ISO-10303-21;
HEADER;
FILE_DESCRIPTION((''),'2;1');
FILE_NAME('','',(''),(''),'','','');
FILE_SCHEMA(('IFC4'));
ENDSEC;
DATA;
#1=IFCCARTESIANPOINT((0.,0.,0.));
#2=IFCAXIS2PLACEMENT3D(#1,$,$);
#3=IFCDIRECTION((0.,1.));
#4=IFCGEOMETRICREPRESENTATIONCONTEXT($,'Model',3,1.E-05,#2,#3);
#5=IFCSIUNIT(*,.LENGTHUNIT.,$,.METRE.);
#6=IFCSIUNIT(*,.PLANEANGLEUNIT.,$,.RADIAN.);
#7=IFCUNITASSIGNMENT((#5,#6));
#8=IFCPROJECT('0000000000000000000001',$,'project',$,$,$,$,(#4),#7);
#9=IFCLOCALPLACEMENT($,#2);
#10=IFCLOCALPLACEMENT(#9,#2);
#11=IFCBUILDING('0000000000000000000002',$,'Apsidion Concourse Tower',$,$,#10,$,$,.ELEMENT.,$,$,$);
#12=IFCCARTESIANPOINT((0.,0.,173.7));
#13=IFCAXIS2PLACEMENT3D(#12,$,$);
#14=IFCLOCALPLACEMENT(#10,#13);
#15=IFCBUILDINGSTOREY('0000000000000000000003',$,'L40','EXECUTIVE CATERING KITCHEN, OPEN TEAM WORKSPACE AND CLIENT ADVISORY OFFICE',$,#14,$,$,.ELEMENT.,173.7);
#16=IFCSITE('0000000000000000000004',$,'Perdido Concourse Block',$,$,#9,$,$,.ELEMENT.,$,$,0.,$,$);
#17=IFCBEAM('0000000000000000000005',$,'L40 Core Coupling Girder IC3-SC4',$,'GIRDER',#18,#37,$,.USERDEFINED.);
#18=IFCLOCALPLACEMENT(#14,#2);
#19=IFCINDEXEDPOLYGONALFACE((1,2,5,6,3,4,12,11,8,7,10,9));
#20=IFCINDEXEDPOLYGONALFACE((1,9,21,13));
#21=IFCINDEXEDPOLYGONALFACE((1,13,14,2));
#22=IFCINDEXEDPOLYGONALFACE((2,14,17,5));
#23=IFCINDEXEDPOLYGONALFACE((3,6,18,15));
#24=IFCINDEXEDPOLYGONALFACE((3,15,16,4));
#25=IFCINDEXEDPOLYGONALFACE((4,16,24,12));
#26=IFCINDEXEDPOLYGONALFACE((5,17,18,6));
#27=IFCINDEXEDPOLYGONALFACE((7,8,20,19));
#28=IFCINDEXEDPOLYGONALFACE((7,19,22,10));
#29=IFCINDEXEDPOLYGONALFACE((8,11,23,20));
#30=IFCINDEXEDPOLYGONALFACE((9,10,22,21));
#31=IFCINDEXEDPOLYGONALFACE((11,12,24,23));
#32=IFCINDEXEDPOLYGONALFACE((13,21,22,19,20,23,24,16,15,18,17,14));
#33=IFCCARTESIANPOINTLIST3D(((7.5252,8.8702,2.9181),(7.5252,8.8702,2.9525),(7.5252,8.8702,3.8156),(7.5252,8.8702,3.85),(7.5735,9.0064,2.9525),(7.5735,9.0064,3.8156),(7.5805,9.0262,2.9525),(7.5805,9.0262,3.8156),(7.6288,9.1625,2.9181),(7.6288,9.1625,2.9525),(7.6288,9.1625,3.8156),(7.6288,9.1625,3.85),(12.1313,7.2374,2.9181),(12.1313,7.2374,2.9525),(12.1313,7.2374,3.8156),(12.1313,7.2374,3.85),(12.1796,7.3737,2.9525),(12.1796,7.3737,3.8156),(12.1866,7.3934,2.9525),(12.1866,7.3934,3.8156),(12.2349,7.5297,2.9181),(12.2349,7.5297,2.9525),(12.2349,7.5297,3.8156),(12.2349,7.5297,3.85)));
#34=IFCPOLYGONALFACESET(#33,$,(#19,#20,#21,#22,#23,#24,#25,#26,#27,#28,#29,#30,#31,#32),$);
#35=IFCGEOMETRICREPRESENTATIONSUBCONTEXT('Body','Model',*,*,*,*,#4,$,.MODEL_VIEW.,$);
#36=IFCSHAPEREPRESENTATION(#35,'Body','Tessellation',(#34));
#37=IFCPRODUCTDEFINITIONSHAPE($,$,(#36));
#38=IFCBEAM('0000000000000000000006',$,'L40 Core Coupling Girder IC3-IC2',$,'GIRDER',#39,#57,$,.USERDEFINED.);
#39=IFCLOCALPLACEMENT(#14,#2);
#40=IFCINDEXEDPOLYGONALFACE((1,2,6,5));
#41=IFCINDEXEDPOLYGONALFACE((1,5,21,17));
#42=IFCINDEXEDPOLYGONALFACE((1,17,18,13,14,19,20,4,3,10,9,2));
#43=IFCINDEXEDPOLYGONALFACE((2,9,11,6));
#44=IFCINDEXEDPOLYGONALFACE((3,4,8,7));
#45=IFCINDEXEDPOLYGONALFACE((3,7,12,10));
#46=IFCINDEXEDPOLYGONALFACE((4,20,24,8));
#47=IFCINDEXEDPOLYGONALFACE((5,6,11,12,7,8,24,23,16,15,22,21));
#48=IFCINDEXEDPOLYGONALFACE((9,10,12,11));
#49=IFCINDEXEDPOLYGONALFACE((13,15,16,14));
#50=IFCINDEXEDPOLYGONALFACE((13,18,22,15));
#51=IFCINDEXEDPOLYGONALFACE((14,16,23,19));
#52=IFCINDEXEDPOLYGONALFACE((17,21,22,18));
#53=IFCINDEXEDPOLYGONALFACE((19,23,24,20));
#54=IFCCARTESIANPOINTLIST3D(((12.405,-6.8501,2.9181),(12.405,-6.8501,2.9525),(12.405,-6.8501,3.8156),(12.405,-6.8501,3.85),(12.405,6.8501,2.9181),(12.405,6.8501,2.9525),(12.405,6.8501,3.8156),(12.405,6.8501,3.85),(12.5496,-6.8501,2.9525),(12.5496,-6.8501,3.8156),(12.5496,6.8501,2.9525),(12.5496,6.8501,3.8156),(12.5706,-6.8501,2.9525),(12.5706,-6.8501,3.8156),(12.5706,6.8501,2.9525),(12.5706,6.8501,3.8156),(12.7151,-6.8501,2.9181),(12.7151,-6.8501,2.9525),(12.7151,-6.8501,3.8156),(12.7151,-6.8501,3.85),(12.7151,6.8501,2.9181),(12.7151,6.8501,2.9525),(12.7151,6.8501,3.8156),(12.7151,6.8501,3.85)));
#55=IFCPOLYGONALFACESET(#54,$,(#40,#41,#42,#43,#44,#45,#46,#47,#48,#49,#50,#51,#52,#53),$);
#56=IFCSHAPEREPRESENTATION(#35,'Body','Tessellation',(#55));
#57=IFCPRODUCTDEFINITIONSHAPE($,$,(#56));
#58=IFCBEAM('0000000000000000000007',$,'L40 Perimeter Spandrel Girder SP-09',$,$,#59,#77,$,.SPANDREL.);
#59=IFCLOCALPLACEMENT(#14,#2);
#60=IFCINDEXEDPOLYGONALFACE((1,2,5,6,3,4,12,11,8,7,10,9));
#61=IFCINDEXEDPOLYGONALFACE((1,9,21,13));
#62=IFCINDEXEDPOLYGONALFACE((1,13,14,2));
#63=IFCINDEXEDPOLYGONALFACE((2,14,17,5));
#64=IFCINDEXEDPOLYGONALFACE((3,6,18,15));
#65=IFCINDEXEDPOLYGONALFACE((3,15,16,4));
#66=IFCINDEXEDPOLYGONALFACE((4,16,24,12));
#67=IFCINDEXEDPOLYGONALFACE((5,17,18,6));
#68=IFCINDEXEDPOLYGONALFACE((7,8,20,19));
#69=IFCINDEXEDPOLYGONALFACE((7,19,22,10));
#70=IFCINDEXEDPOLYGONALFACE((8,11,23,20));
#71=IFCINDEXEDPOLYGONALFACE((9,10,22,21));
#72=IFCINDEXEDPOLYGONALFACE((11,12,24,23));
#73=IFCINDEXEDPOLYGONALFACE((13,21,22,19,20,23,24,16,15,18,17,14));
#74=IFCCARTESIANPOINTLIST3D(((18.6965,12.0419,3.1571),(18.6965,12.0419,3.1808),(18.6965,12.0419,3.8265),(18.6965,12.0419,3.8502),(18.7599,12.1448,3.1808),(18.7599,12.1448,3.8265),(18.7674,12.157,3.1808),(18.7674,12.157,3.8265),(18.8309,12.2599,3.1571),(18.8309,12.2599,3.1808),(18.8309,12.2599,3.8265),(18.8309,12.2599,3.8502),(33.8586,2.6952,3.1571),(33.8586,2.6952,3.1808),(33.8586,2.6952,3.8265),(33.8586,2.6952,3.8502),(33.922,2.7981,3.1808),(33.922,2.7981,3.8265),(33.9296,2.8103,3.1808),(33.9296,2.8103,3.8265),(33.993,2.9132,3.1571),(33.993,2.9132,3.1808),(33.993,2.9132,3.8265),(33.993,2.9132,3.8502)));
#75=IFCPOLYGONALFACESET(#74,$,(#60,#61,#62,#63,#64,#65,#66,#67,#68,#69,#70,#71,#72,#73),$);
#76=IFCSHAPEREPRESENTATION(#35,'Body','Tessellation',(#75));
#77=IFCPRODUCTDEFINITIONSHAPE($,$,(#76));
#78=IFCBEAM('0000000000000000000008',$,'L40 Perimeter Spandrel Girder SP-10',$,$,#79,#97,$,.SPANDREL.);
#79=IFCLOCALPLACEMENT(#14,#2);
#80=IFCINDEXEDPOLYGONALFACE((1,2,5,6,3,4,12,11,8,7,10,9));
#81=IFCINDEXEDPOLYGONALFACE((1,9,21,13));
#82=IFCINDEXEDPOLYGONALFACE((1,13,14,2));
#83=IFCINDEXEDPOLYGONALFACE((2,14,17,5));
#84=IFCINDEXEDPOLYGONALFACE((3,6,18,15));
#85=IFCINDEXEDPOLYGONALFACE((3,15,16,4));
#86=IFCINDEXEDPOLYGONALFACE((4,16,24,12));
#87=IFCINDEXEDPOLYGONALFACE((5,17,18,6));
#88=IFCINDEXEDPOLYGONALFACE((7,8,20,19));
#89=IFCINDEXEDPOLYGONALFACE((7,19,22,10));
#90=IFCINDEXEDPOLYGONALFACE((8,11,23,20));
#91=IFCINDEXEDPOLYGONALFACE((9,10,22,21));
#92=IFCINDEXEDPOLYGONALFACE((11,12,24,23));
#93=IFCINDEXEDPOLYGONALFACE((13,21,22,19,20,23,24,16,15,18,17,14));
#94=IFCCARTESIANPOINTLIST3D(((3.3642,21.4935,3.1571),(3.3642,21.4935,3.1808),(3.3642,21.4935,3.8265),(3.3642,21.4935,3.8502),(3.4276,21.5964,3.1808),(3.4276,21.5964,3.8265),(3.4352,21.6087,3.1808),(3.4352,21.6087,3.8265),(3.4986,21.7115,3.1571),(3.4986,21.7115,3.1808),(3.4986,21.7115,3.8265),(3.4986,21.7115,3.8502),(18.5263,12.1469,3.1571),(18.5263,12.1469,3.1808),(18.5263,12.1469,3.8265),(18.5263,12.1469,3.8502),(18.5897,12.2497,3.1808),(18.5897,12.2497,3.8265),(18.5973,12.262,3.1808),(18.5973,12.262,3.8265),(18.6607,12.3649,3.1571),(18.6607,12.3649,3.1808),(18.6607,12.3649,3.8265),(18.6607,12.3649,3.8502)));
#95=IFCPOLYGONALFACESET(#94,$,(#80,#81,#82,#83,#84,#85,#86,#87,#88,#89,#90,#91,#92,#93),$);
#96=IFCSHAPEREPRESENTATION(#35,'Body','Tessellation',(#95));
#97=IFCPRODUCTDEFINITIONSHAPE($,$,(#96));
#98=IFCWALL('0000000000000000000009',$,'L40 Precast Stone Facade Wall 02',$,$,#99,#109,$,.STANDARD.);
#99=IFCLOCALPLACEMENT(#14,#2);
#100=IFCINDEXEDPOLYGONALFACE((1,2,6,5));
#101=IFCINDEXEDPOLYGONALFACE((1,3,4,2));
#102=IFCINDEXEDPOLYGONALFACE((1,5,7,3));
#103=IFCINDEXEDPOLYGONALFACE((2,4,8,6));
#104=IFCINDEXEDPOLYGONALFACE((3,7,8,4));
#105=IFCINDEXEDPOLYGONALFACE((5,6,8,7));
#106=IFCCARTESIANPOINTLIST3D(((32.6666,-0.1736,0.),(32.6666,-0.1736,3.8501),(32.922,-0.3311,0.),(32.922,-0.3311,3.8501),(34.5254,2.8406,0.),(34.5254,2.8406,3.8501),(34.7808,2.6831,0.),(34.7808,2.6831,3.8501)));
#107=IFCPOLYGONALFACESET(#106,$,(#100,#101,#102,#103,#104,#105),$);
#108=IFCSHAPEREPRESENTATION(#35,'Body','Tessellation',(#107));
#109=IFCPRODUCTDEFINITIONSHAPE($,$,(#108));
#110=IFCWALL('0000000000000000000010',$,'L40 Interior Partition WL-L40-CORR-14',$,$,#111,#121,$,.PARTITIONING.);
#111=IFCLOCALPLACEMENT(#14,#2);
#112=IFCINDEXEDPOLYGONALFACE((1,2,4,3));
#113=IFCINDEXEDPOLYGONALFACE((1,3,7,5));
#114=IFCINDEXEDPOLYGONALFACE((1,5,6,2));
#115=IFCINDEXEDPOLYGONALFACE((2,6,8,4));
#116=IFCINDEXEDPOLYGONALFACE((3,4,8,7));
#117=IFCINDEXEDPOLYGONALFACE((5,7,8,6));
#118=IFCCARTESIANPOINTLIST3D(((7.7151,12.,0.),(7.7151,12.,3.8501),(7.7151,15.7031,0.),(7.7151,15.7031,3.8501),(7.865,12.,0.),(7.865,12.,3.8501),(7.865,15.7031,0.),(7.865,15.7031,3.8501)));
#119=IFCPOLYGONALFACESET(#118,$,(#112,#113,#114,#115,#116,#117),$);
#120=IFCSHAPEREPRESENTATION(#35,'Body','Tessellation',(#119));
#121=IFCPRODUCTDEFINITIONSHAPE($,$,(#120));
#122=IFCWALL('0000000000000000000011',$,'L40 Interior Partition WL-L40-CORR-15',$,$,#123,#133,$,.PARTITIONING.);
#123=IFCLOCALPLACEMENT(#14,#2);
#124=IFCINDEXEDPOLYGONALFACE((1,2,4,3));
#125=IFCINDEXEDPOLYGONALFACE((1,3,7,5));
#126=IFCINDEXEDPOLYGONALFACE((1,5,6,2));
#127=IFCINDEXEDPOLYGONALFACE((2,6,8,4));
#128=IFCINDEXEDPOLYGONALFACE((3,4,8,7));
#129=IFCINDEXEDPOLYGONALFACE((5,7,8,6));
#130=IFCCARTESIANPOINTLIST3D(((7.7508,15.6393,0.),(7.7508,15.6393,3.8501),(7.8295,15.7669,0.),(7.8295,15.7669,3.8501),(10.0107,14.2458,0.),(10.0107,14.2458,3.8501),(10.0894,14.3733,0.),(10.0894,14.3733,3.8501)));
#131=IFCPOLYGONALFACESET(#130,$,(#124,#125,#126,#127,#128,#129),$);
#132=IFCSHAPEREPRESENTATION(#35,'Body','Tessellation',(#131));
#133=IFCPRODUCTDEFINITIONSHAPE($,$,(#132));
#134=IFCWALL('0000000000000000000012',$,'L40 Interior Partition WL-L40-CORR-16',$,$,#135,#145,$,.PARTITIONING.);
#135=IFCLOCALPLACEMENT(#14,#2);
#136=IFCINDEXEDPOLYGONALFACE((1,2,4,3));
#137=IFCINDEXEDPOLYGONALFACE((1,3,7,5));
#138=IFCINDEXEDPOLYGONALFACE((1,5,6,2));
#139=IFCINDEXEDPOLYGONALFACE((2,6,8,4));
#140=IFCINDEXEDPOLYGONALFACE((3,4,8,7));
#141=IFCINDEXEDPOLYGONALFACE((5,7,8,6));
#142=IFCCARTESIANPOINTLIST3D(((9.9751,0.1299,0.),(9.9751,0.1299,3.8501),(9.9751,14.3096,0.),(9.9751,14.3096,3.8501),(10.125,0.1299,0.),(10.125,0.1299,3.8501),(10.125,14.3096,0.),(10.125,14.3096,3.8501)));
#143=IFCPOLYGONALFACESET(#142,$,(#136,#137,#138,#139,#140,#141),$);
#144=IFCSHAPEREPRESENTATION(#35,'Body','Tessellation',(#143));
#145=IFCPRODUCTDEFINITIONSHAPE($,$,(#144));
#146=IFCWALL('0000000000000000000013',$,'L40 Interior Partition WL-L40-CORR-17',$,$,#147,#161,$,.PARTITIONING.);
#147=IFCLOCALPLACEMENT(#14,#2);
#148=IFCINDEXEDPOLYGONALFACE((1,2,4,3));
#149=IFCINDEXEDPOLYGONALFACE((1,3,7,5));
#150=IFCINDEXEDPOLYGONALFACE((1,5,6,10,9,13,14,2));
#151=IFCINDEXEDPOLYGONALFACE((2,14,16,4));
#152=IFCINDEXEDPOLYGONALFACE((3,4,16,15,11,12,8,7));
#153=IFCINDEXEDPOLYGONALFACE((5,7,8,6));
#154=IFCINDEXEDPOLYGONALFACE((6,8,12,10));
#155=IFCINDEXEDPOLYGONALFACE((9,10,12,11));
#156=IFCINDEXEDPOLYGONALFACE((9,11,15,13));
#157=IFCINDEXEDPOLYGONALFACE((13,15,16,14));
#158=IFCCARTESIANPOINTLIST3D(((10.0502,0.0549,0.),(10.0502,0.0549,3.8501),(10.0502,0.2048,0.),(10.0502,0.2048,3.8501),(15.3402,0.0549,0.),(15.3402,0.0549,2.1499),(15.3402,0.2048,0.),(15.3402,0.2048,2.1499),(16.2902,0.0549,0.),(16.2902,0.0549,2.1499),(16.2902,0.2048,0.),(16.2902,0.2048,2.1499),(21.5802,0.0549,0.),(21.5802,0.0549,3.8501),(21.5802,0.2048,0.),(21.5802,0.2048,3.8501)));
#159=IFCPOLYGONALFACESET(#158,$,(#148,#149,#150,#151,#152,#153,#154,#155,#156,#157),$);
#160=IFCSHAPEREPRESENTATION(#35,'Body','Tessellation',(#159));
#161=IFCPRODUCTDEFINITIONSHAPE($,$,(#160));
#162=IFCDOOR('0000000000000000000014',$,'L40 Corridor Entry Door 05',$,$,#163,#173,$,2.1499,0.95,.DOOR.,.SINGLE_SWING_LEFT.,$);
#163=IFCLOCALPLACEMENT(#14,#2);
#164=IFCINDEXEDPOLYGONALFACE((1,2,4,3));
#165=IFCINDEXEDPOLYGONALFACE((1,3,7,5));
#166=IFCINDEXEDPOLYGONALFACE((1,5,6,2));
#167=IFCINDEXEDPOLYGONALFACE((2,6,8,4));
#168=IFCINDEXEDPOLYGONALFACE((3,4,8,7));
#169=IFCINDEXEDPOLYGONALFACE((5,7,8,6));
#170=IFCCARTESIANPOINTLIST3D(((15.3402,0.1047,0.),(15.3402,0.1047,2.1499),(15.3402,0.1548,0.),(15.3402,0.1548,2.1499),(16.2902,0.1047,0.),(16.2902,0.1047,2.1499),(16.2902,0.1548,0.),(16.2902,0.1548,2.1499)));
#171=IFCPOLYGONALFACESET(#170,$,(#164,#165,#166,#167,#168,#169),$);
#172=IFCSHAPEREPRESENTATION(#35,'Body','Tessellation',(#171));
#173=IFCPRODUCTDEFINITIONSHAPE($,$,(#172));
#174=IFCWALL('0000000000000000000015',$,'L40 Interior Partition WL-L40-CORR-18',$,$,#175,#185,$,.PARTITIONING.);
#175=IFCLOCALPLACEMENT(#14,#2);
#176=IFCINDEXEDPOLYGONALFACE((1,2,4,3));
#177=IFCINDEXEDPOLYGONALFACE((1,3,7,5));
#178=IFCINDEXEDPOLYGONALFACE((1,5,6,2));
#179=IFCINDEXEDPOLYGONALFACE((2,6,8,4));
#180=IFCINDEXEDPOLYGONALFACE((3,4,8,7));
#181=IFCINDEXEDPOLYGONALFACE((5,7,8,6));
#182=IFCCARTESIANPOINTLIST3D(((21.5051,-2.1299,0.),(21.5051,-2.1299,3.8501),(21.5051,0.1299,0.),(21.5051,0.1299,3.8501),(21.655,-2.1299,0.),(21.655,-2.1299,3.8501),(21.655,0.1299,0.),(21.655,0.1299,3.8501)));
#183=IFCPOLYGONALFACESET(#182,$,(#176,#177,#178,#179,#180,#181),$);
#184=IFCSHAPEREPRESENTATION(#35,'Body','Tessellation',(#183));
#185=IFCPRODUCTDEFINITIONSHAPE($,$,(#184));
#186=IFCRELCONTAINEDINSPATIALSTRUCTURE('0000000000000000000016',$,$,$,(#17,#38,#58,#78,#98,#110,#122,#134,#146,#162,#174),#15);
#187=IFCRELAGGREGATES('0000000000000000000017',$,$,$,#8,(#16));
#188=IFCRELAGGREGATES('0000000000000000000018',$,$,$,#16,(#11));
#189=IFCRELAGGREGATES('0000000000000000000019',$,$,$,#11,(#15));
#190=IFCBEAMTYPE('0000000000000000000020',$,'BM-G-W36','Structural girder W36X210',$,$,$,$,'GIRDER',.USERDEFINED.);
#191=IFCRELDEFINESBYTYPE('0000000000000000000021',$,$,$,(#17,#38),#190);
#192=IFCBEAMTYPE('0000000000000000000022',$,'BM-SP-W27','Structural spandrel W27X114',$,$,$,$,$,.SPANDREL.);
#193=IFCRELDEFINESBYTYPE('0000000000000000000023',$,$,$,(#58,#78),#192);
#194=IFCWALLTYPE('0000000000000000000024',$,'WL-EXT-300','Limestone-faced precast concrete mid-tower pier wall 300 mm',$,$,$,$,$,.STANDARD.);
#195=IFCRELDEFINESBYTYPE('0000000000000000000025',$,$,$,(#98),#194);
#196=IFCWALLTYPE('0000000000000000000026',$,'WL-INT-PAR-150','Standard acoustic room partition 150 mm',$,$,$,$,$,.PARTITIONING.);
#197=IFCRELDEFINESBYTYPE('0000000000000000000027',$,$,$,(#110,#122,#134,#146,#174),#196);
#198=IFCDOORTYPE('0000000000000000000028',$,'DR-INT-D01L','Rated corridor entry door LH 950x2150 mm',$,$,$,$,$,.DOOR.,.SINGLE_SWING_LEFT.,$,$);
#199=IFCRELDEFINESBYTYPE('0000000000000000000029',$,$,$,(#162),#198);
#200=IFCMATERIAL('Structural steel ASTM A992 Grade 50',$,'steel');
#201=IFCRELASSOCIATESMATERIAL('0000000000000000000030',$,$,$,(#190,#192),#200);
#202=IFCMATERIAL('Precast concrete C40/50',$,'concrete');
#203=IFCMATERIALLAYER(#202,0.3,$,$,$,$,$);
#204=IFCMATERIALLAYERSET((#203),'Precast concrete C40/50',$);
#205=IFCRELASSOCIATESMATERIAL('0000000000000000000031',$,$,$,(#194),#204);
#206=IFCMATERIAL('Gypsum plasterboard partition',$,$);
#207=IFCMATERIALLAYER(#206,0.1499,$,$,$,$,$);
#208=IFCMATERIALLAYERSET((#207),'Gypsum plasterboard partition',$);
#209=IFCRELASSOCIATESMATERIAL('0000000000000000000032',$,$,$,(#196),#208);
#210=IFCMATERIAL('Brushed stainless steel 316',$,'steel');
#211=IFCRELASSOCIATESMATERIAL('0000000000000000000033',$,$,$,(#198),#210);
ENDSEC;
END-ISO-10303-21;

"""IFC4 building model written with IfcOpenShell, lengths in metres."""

from ifc_helpers import new_model, si_unit, direction, frame, frame_2d, origin, origin_2d, place, context, subcontext, project, spatial, rectangle, i_section, extrude, material, layer, layer_set, material_profile, profile_set, type_object, element, fill, save


model = new_model("IFC4")

# Units and contexts
model_context = context("Model", 3, precision=1e-05, world=origin(), true_north=direction((0.0, 1.0)))
body_context = subcontext(model_context, "Body", "Model", "MODEL_VIEW")
ifc_project = project(units=[si_unit("LENGTHUNIT", "METRE"), si_unit("PLANEANGLEUNIT", "RADIAN")], contexts=[model_context])

# Site, building, storey
site_placement = place(None, origin())
site = spatial("IfcSite", under=ifc_project, at=site_placement, Name="Perdido Concourse Block", CompositionType="ELEMENT", RefElevation=0.0)
building_placement = place(site_placement, origin())
building = spatial("IfcBuilding", under=site, at=building_placement, Name="Apsidion Concourse Tower", CompositionType="ELEMENT")
storey_placement = place(building_placement, frame((0.0, 0.0, 173.7)))
storey = spatial("IfcBuildingStorey", under=building, at=storey_placement, Name="L40", Description="EXECUTIVE CATERING KITCHEN, OPEN TEAM WORKSPACE AND CLIENT ADVISORY OFFICE", CompositionType="ELEMENT", Elevation=173.7)

# Shared definitions
ifc_material_1 = material(Name="Structural steel ASTM A992 Grade 50", Category="steel")

# Beams
ifc_material_profile_1 = material_profile(ifc_material_1, i_section(OverallWidth=0.3101, OverallDepth=0.9319, WebThickness=0.021, FlangeThickness=0.0344, at=origin_2d()), Name="W36X210")
ifc_profile_set_1 = profile_set([ifc_material_profile_1], Name="Structural steel ASTM A992 Grade 50")
beam_type_1 = type_object("IfcBeamType", Name="BM-G-W36", Description="Structural girder W36X210", ElementType="GIRDER", PredefinedType="USERDEFINED", material=ifc_profile_set_1)
beam_1_placement = place(storey_placement, frame((12.1831, 7.3835, 3.384), z_axis=(-0.942534, 0.334111, 0.0), x_axis=(-0.334111, -0.942534, 0.0)))
element("IfcBeam", 1, at=beam_1_placement, inside=storey, type_object=beam_type_1, Name="L40 Core Coupling Girder IC3-SC4", ObjectType="GIRDER", PredefinedType="USERDEFINED", context=body_context, shape_type="SweptSolid", body=[
    extrude(i_section(OverallWidth=0.3101, OverallDepth=0.9319, WebThickness=0.021, FlangeThickness=0.0344, at=origin_2d()), origin(), (0.0, 0.0, 1.0), 4.887),
])
beam_2_placement = place(storey_placement, frame((12.5601, 6.8501, 3.384), z_axis=(0.0, -1.0, 0.0), x_axis=(1.0, 0.0, 0.0)))
element("IfcBeam", 2, at=beam_2_placement, inside=storey, type_object=beam_type_1, Name="L40 Core Coupling Girder IC3-IC2", ObjectType="GIRDER", PredefinedType="USERDEFINED", context=body_context, shape_type="SweptSolid", body=[
    extrude(i_section(OverallWidth=0.3101, OverallDepth=0.9319, WebThickness=0.021, FlangeThickness=0.0344, at=origin_2d()), origin(), (0.0, 0.0, 1.0), 13.7002),
])
ifc_material_profile_2 = material_profile(ifc_material_1, i_section(OverallWidth=0.2561, OverallDepth=0.6931, WebThickness=0.0144, FlangeThickness=0.0237, at=origin_2d()), Name="W27X114")
ifc_profile_set_2 = profile_set([ifc_material_profile_2], Name="Structural steel ASTM A992 Grade 50")
beam_type_2 = type_object("IfcBeamType", Name="BM-SP-W27", Description="Structural spandrel W27X114", PredefinedType="SPANDREL", material=ifc_profile_set_2)
for number, where, z_axis, x_axis, name in (
    (3, (33.9258, 2.8042, 3.5037), (-0.851253, 0.524755, 0.0), (-0.524755, -0.851253, 0.0), "L40 Perimeter Spandrel Girder SP-09"),
    (4, (18.5935, 12.2559, 3.5037), (-0.851253, 0.524755, 0.0), (-0.524755, -0.851253, 0.0), "L40 Perimeter Spandrel Girder SP-10"),
):
    element("IfcBeam", number, at=place(storey_placement, frame(where, z_axis=z_axis, x_axis=x_axis)), inside=storey, type_object=beam_type_2, Name=name, PredefinedType="SPANDREL", context=body_context, shape_type="SweptSolid", body=[
        extrude(i_section(OverallWidth=0.2561, OverallDepth=0.6931, WebThickness=0.0144, FlangeThickness=0.0237, at=origin_2d()), origin(), (0.0, 0.0, 1.0), 17.8115),
    ])

# Walls
ifc_material_2 = material(Name="Precast concrete C40/50", Category="concrete")
ifc_layer_1 = layer(ifc_material_2, 0.3)
ifc_layer_set_1 = layer_set([ifc_layer_1], Name="Precast concrete C40/50")
wall_type_1 = type_object("IfcWallType", Name="WL-EXT-300", Description="Limestone-faced precast concrete mid-tower pier wall 300 mm", PredefinedType="STANDARD", material=ifc_layer_set_1)
wall_1_placement = place(storey_placement, frame((34.6531, 2.7617, 0.0), z_axis=(0.0, 0.0, 1.0), x_axis=(-0.52492, -0.851151, 0.0)))
element("IfcWall", 5, at=wall_1_placement, inside=storey, type_object=wall_type_1, Name="L40 Precast Stone Facade Wall 02", PredefinedType="STANDARD", context=body_context, shape_type="SweptSolid", body=[
    extrude(rectangle(XDim=3.5413, YDim=0.3, at=frame_2d((1.7705, 0.0))), origin(), (0.0, 0.0, 1.0), 3.8501),
])
ifc_material_3 = material(Name="Gypsum plasterboard partition")
ifc_layer_2 = layer(ifc_material_3, 0.1499)
ifc_layer_set_2 = layer_set([ifc_layer_2], Name="Gypsum plasterboard partition")
wall_type_2 = type_object("IfcWallType", Name="WL-INT-PAR-150", Description="Standard acoustic room partition 150 mm", PredefinedType="PARTITIONING", material=ifc_layer_set_2)
wall_2_placement = place(storey_placement, frame((7.79, 12.0, 0.0), z_axis=(0.0, 0.0, 1.0), x_axis=(0.0, 1.0, 0.0)))
element("IfcWall", 6, at=wall_2_placement, inside=storey, type_object=wall_type_2, Name="L40 Interior Partition WL-L40-CORR-14", PredefinedType="PARTITIONING", context=body_context, shape_type="SweptSolid", body=[
    extrude(rectangle(XDim=3.7031, YDim=0.1499, at=frame_2d((1.8516, 0.0))), origin(), (0.0, 0.0, 1.0), 3.8501),
])
wall_3_placement = place(storey_placement, frame((7.79, 15.7031, 0.0), z_axis=(0.0, 0.0, 1.0), x_axis=(0.851191, -0.524857, 0.0)))
element("IfcWall", 7, at=wall_3_placement, inside=storey, type_object=wall_type_2, Name="L40 Interior Partition WL-L40-CORR-15", PredefinedType="PARTITIONING", context=body_context, shape_type="SweptSolid", body=[
    extrude(rectangle(XDim=2.655, YDim=0.1499, at=frame_2d((1.3276, 0.0))), origin(), (0.0, 0.0, 1.0), 3.8501),
])
wall_4_placement = place(storey_placement, frame((10.05, 14.3096, 0.0), z_axis=(0.0, 0.0, 1.0), x_axis=(0.0, -1.0, 0.0)))
element("IfcWall", 8, at=wall_4_placement, inside=storey, type_object=wall_type_2, Name="L40 Interior Partition WL-L40-CORR-16", PredefinedType="PARTITIONING", context=body_context, shape_type="SweptSolid", body=[
    extrude(rectangle(XDim=14.1797, YDim=0.1499, at=frame_2d((7.0898, 0.0))), origin(), (0.0, 0.0, 1.0), 3.8501),
])

# Wall, opening, door
wall_5_placement = place(storey_placement, frame((10.05, 0.1299, 0.0), z_axis=(0.0, 0.0, 1.0), x_axis=(1.0, 0.0, 0.0)))
wall_5 = element("IfcWall", 9, at=wall_5_placement, inside=storey, type_object=wall_type_2, Name="L40 Interior Partition WL-L40-CORR-17", PredefinedType="PARTITIONING", context=body_context, shape_type="SweptSolid", body=[
    extrude(rectangle(XDim=11.53, YDim=0.1499, at=frame_2d((5.7651, 0.0))), origin(), (0.0, 0.0, 1.0), 3.8501),
])
opening_1_placement = place(wall_5_placement, frame((5.29, 0.0, 0.0)))
opening_1 = element("IfcOpeningElement", 10, at=opening_1_placement, cuts=wall_5, PredefinedType="OPENING", context=body_context, shape_type="SweptSolid", body=[
    extrude(rectangle(XDim=0.95, YDim=2.1499, at=frame_2d((0.4751, 1.075))), frame((0.0, 0.085, 0.0), z_axis=(0.0, -1.0, 0.0), x_axis=(1.0, 0.0, 0.0)), (0.0, 0.0, 1.0), 0.1699),
])
ifc_material_4 = material(Name="Brushed stainless steel 316", Category="steel")
door_type_1 = type_object("IfcDoorType", Name="DR-INT-D01L", Description="Rated corridor entry door LH 950x2150 mm", OperationType="SINGLE_SWING_LEFT", PredefinedType="DOOR", material=ifc_material_4)
door_1_placement = place(opening_1_placement, origin())
door_1 = element("IfcDoor", 11, at=door_1_placement, inside=storey, type_object=door_type_1, Name="L40 Corridor Entry Door 05", OperationType="SINGLE_SWING_LEFT", OverallHeight=2.1499, OverallWidth=0.95, PredefinedType="DOOR", context=body_context, shape_type="SweptSolid", body=[
    extrude(rectangle(XDim=0.95, YDim=2.1499, at=frame_2d((0.4751, 1.075))), frame((0.0, 0.0249, 0.0), z_axis=(0.0, -1.0, 0.0), x_axis=(1.0, 0.0, 0.0)), (0.0, 0.0, 1.0), 0.05),
])
fill(opening_1, door_1)

# Wall
wall_6_placement = place(storey_placement, frame((21.5801, 0.1299, 0.0), z_axis=(0.0, 0.0, 1.0), x_axis=(0.0, -1.0, 0.0)))
element("IfcWall", 12, at=wall_6_placement, inside=storey, type_object=wall_type_2, Name="L40 Interior Partition WL-L40-CORR-18", PredefinedType="PARTITIONING", context=body_context, shape_type="SweptSolid", body=[
    extrude(rectangle(XDim=2.2598, YDim=0.1499, at=frame_2d((1.1299, 0.0))), origin(), (0.0, 0.0, 1.0), 3.8501),
])

save(model, "model.ifc")
